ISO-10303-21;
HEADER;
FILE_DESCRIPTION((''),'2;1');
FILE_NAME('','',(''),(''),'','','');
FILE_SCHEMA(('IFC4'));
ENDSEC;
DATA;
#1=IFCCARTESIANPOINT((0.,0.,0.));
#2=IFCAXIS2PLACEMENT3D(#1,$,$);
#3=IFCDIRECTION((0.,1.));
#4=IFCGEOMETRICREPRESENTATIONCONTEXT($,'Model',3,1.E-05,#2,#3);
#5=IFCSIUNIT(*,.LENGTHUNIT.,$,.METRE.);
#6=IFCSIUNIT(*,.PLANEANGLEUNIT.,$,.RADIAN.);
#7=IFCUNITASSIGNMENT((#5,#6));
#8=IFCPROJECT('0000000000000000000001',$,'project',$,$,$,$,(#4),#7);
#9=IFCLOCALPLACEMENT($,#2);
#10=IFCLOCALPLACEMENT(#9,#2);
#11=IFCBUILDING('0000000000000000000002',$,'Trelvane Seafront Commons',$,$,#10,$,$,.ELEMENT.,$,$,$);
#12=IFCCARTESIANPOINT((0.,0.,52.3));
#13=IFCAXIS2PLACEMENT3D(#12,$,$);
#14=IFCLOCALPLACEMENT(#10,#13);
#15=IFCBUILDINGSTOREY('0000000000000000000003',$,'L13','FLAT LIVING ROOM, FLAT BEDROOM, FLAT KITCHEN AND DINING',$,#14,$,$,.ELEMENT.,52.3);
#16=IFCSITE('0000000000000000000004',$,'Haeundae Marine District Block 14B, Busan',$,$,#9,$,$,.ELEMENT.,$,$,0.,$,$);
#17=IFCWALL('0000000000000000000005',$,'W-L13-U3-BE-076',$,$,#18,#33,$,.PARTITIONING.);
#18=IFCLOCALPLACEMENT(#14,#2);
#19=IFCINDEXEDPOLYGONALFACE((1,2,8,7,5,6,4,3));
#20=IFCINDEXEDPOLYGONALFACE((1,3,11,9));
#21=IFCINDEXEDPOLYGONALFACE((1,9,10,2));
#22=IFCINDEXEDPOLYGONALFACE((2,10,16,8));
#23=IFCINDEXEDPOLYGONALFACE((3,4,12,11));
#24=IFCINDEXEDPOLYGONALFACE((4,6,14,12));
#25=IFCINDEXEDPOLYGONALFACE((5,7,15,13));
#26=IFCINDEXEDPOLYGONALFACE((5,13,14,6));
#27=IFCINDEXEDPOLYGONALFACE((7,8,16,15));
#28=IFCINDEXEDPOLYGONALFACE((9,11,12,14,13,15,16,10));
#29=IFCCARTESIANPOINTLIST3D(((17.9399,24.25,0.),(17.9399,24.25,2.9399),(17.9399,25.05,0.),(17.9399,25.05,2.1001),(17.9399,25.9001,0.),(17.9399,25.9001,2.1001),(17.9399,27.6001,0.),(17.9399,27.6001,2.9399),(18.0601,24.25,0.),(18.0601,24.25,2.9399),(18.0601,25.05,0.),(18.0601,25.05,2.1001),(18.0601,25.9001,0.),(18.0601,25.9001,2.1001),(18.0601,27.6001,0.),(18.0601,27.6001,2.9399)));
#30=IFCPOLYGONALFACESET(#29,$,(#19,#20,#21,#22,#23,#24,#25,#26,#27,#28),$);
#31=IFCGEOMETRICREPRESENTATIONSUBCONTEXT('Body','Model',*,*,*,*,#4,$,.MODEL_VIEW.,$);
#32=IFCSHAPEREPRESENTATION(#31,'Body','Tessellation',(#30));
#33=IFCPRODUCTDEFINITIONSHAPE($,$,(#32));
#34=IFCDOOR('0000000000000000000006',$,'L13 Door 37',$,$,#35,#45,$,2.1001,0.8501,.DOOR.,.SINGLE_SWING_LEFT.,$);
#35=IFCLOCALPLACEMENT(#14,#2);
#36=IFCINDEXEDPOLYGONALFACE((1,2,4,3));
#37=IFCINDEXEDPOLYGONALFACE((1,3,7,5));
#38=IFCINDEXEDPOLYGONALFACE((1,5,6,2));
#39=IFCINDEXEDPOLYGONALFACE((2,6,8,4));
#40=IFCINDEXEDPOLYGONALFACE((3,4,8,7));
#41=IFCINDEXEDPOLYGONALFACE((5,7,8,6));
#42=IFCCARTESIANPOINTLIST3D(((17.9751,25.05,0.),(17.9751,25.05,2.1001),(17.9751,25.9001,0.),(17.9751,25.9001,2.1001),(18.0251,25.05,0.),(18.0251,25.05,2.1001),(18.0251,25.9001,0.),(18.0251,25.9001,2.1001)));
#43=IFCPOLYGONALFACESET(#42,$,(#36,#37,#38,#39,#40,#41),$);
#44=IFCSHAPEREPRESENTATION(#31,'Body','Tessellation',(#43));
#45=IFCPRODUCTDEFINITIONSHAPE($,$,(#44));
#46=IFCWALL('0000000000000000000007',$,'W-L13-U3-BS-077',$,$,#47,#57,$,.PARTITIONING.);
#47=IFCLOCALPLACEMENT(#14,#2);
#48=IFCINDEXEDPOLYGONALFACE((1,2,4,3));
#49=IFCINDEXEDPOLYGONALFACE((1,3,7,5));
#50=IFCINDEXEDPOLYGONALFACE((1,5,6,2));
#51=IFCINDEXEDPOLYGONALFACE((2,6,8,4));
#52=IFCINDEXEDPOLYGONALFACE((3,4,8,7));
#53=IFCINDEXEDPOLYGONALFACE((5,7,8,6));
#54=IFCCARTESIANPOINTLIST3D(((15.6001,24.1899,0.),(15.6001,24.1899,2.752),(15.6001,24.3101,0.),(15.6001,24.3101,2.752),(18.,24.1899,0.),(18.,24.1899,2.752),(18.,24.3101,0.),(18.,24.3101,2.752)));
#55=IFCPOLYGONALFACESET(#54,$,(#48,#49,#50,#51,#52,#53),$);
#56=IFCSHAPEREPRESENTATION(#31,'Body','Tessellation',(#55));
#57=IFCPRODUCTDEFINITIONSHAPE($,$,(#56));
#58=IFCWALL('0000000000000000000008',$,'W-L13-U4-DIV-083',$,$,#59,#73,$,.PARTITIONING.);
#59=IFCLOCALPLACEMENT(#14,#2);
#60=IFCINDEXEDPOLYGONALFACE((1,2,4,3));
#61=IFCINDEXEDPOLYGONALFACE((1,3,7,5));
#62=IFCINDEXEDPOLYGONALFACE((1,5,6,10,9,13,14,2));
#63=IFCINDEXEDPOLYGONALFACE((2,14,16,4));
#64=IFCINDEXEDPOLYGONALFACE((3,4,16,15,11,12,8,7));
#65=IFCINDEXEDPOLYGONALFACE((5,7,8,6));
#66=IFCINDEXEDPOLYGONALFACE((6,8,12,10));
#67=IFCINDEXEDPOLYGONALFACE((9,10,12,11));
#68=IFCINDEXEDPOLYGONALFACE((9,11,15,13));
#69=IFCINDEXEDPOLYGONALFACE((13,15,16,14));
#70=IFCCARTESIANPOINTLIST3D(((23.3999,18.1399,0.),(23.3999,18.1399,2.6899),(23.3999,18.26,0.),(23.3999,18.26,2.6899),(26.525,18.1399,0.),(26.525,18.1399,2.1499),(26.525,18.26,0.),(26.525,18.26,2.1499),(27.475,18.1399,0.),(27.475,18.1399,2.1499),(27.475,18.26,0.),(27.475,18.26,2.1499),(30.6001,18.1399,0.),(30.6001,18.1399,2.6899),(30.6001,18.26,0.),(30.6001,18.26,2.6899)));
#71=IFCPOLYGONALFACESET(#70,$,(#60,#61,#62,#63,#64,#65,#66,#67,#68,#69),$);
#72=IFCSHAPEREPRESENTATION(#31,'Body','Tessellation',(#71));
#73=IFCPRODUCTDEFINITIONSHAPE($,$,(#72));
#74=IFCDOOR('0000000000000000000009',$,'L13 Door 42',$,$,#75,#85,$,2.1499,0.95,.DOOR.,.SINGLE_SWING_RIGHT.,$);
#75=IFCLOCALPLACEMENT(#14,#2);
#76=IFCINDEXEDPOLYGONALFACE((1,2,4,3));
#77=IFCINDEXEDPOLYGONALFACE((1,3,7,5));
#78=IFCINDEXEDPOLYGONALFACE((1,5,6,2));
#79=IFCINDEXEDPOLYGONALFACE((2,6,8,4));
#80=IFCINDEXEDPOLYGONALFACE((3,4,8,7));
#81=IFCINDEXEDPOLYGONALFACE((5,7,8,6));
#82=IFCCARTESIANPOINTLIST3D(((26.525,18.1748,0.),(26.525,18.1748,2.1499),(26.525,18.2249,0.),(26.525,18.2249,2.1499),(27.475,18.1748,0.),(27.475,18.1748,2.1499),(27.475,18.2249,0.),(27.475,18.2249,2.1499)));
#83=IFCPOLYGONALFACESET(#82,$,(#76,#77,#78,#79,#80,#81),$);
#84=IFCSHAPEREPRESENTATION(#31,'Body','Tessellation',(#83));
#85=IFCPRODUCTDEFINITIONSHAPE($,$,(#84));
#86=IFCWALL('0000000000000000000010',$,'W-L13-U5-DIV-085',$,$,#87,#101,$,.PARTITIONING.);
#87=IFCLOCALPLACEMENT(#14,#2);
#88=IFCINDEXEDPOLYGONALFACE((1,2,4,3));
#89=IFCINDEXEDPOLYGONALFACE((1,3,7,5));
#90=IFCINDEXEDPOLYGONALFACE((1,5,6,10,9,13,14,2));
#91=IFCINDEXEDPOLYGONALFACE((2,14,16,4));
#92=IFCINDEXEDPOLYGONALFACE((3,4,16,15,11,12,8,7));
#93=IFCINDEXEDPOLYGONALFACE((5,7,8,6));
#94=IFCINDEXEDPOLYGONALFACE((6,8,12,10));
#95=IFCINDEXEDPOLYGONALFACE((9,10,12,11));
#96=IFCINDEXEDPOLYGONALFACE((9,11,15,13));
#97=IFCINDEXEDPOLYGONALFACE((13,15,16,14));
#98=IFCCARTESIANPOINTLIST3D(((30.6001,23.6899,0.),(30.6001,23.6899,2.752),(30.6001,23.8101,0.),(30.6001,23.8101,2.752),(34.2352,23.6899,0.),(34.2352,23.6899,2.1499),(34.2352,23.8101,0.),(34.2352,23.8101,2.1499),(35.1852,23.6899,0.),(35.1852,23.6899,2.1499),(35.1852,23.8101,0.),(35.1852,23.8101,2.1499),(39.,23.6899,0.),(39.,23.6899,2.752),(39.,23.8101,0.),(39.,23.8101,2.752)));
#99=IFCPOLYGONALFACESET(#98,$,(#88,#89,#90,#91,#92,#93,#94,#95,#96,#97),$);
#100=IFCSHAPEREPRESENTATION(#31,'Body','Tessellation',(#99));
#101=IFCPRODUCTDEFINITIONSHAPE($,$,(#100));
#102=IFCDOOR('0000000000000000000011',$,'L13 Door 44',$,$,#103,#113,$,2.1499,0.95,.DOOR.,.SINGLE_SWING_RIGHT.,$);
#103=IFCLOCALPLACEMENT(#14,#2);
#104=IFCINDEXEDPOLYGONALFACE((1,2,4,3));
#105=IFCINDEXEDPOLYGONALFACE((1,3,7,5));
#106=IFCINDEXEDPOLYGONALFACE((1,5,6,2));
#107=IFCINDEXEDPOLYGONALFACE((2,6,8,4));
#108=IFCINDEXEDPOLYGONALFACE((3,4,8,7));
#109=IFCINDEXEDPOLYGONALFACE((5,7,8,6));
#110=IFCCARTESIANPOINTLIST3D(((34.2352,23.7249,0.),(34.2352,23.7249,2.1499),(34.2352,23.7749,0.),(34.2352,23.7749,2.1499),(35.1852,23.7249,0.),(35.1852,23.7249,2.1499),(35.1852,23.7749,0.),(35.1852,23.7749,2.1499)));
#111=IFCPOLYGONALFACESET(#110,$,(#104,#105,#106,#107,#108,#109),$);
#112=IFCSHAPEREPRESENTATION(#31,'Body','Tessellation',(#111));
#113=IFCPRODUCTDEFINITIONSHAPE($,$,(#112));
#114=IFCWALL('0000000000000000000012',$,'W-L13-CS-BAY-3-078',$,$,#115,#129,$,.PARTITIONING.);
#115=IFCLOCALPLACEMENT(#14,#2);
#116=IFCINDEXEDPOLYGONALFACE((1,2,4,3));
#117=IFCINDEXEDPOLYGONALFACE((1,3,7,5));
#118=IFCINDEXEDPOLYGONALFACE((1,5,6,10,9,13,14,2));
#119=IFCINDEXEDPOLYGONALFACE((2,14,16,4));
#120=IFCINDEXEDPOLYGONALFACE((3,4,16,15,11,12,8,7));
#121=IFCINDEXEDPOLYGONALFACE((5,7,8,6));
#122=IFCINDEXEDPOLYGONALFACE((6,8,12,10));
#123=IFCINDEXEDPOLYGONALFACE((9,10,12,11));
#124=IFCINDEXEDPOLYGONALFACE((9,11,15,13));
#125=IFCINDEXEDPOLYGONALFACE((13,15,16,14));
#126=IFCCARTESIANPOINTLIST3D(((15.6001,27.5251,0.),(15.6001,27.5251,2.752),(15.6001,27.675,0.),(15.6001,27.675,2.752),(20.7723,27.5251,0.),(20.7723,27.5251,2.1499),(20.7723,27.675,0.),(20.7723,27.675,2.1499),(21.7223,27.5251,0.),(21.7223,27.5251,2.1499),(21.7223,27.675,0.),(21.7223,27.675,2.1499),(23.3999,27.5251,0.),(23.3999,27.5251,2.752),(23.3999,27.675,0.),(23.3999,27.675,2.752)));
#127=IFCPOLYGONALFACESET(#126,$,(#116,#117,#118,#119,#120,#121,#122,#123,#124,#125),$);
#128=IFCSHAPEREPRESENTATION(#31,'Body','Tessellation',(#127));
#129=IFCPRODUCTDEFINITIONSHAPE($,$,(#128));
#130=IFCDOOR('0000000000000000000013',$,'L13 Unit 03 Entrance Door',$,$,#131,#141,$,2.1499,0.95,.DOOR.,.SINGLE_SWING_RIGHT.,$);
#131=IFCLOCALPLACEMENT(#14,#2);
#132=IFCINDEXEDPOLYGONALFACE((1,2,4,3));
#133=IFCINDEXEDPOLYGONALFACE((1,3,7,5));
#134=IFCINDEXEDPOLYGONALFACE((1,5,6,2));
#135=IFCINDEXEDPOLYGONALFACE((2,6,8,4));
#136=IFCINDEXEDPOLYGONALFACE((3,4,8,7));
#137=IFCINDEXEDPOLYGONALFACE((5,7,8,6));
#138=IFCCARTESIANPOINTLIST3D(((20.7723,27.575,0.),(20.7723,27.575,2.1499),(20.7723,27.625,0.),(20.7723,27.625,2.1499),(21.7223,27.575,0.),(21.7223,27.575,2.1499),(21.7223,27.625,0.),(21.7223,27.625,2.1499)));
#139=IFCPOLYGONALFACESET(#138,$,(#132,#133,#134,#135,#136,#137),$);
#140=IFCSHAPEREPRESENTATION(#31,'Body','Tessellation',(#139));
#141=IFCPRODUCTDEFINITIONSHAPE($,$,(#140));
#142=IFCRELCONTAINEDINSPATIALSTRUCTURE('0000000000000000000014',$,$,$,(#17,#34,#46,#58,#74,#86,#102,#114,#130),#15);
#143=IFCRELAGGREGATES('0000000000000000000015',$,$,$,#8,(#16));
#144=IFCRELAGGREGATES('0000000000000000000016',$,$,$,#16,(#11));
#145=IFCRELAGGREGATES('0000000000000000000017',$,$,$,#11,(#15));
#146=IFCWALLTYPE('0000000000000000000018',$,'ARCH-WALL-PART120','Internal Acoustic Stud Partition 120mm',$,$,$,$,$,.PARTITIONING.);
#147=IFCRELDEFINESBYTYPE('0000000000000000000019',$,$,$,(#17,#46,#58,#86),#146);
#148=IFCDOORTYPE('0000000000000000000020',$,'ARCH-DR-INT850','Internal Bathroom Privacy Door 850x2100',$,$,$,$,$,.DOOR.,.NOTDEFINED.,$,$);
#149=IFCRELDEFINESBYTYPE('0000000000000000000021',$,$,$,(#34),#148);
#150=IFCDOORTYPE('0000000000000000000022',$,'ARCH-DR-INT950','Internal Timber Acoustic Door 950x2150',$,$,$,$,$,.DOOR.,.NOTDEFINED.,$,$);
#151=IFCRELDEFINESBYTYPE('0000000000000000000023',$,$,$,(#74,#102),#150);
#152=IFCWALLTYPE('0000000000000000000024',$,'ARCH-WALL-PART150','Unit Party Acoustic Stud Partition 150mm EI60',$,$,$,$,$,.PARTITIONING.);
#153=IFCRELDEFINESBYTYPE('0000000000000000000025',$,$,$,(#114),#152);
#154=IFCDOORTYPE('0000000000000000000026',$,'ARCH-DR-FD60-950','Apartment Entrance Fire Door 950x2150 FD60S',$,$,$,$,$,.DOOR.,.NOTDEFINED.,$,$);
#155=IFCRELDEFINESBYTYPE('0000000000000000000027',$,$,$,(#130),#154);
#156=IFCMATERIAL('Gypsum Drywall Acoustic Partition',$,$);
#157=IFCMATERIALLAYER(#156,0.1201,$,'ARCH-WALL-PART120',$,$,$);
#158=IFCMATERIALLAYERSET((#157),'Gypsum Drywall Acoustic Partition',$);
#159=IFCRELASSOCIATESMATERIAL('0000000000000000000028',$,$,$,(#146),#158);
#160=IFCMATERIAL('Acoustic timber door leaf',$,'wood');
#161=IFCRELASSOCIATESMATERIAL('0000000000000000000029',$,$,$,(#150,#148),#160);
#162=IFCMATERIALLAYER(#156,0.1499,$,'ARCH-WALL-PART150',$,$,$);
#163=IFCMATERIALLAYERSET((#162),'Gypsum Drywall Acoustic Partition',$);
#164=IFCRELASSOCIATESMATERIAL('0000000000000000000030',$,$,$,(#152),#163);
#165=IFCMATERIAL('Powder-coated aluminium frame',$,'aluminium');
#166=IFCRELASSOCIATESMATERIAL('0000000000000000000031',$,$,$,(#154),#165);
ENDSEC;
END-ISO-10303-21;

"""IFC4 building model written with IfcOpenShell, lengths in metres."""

from ifc_helpers import new_model, si_unit, direction, frame, frame_2d, origin, place, context, subcontext, project, spatial, rectangle, extrude, source, transform, mapped, material, layer, layer_set, type_object, element, fill, save


model = new_model("IFC4")

# Units and contexts
model_context = context("Model", 3, precision=1e-05, world=origin(), true_north=direction((0.0, 1.0)))
body_context = subcontext(model_context, "Body", "Model", "MODEL_VIEW")
ifc_project = project(units=[si_unit("LENGTHUNIT", "METRE"), si_unit("PLANEANGLEUNIT", "RADIAN")], contexts=[model_context])

# Site, building, storey
site_placement = place(None, origin())
site = spatial("IfcSite", under=ifc_project, at=site_placement, Name="Haeundae Marine District Block 14B, Busan", CompositionType="ELEMENT", RefElevation=0.0)
building_placement = place(site_placement, origin())
building = spatial("IfcBuilding", under=site, at=building_placement, Name="Trelvane Seafront Commons", CompositionType="ELEMENT")
storey_placement = place(building_placement, frame((0.0, 0.0, 52.3)))
storey = spatial("IfcBuildingStorey", under=building, at=storey_placement, Name="L13", Description="FLAT LIVING ROOM, FLAT BEDROOM, FLAT KITCHEN AND DINING", CompositionType="ELEMENT", Elevation=52.3)

# Shared definitions
ifc_material_1 = material(Name="Gypsum Drywall Acoustic Partition")
ifc_layer_1 = layer(ifc_material_1, 0.1201, Name="ARCH-WALL-PART120")
ifc_layer_set_1 = layer_set([ifc_layer_1], Name="Gypsum Drywall Acoustic Partition")
wall_type_1 = type_object("IfcWallType", Name="ARCH-WALL-PART120", Description="Internal Acoustic Stud Partition 120mm", PredefinedType="PARTITIONING", material=ifc_layer_set_1)
ifc_material_2 = material(Name="Acoustic timber door leaf", Category="wood")
door_type_1 = type_object("IfcDoorType", Name="ARCH-DR-INT950", Description="Internal Timber Acoustic Door 950x2150", OperationType="NOTDEFINED", PredefinedType="DOOR", material=ifc_material_2)
shared_shape_1 = source(origin(), body_context, "Body", "SweptSolid", [
    extrude(rectangle(XDim=0.95, YDim=2.1499, at=frame_2d((0.4751, 1.075))), frame((0.0, 0.0249, 0.0), z_axis=(0.0, -1.0, 0.0), x_axis=(1.0, 0.0, 0.0)), (0.0, 0.0, 1.0), 0.05),
])

# Wall, opening, door
wall_1_placement = place(storey_placement, frame((18.0, 24.25, 0.0), z_axis=(0.0, 0.0, 1.0), x_axis=(0.0, 1.0, 0.0)))
wall_1 = element("IfcWall", 1, at=wall_1_placement, inside=storey, type_object=wall_type_1, Name="W-L13-U3-BE-076", PredefinedType="PARTITIONING", context=body_context, shape_type="SweptSolid", body=[
    extrude(rectangle(XDim=3.3501, YDim=0.1201, at=frame_2d((1.675, 0.0))), origin(), (0.0, 0.0, 1.0), 2.9399),
])
opening_1_placement = place(wall_1_placement, frame((0.8, 0.0, 0.0)))
opening_1 = element("IfcOpeningElement", 2, at=opening_1_placement, cuts=wall_1, PredefinedType="OPENING", context=body_context, shape_type="SweptSolid", body=[
    extrude(rectangle(XDim=0.8501, YDim=2.1001, at=frame_2d((0.425, 1.05))), frame((0.0, 0.0701, 0.0), z_axis=(0.0, -1.0, 0.0), x_axis=(1.0, 0.0, 0.0)), (0.0, 0.0, 1.0), 0.1401),
])
door_type_2 = type_object("IfcDoorType", Name="ARCH-DR-INT850", Description="Internal Bathroom Privacy Door 850x2100", OperationType="NOTDEFINED", PredefinedType="DOOR", material=ifc_material_2)
shared_shape_2 = source(origin(), body_context, "Body", "SweptSolid", [
    extrude(rectangle(XDim=0.8501, YDim=2.1001, at=frame_2d((0.425, 1.05))), frame((0.0, 0.0249, 0.0), z_axis=(0.0, -1.0, 0.0), x_axis=(1.0, 0.0, 0.0)), (0.0, 0.0, 1.0), 0.05),
])
door_1_placement = place(opening_1_placement, origin())
door_1 = element("IfcDoor", 3, at=door_1_placement, inside=storey, type_object=door_type_2, Name="L13 Door 37", OperationType="SINGLE_SWING_LEFT", OverallHeight=2.1001, OverallWidth=0.8501, PredefinedType="DOOR", context=body_context, shape_type="MappedRepresentation", body=[
    mapped(shared_shape_2, transform((0.0, 0.0, 0.0), x_axis=(1.0, 0.0, 0.0), y_axis=(0.0, 1.0, 0.0), z_axis=(0.0, 0.0, 1.0), scale=1.0)),
])
fill(opening_1, door_1)

# Wall
wall_2_placement = place(storey_placement, frame((15.6001, 24.25, 0.0), z_axis=(0.0, 0.0, 1.0), x_axis=(1.0, 0.0, 0.0)))
element("IfcWall", 4, at=wall_2_placement, inside=storey, type_object=wall_type_1, Name="W-L13-U3-BS-077", PredefinedType="PARTITIONING", context=body_context, shape_type="SweptSolid", body=[
    extrude(rectangle(XDim=2.3999, YDim=0.1201, at=frame_2d((1.2, 0.0))), origin(), (0.0, 0.0, 1.0), 2.752),
])

# Walls, openings, doors
wall_3_placement = place(storey_placement, frame((23.3999, 18.2, 0.0), z_axis=(0.0, 0.0, 1.0), x_axis=(1.0, 0.0, 0.0)))
wall_3 = element("IfcWall", 5, at=wall_3_placement, inside=storey, type_object=wall_type_1, Name="W-L13-U4-DIV-083", PredefinedType="PARTITIONING", context=body_context, shape_type="SweptSolid", body=[
    extrude(rectangle(XDim=7.2002, YDim=0.1201, at=frame_2d((3.6001, 0.0))), origin(), (0.0, 0.0, 1.0), 2.6899),
])
opening_2_placement = place(wall_3_placement, frame((3.125, 0.0, 0.0)))
opening_2 = element("IfcOpeningElement", 6, at=opening_2_placement, cuts=wall_3, PredefinedType="OPENING", context=body_context, shape_type="SweptSolid", body=[
    extrude(rectangle(XDim=0.95, YDim=2.1499, at=frame_2d((0.4751, 1.075))), frame((0.0, 0.0701, 0.0), z_axis=(0.0, -1.0, 0.0), x_axis=(1.0, 0.0, 0.0)), (0.0, 0.0, 1.0), 0.1401),
])
door_2_placement = place(opening_2_placement, origin())
door_2 = element("IfcDoor", 7, at=door_2_placement, inside=storey, type_object=door_type_1, Name="L13 Door 42", OperationType="SINGLE_SWING_RIGHT", OverallHeight=2.1499, OverallWidth=0.95, PredefinedType="DOOR", context=body_context, shape_type="MappedRepresentation", body=[
    mapped(shared_shape_1, transform((0.0, 0.0, 0.0), x_axis=(1.0, 0.0, 0.0), y_axis=(0.0, 1.0, 0.0), z_axis=(0.0, 0.0, 1.0), scale=1.0)),
])
fill(opening_2, door_2)
wall_4_placement = place(storey_placement, frame((30.6001, 23.75, 0.0), z_axis=(0.0, 0.0, 1.0), x_axis=(1.0, 0.0, 0.0)))
wall_4 = element("IfcWall", 8, at=wall_4_placement, inside=storey, type_object=wall_type_1, Name="W-L13-U5-DIV-085", PredefinedType="PARTITIONING", context=body_context, shape_type="SweptSolid", body=[
    extrude(rectangle(XDim=8.3999, YDim=0.1201, at=frame_2d((4.2, 0.0))), origin(), (0.0, 0.0, 1.0), 2.752),
])
opening_3_placement = place(wall_4_placement, frame((3.635, 0.0, 0.0)))
opening_3 = element("IfcOpeningElement", 9, at=opening_3_placement, cuts=wall_4, PredefinedType="OPENING", context=body_context, shape_type="SweptSolid", body=[
    extrude(rectangle(XDim=0.95, YDim=2.1499, at=frame_2d((0.4751, 1.075))), frame((0.0, 0.0701, 0.0), z_axis=(0.0, -1.0, 0.0), x_axis=(1.0, 0.0, 0.0)), (0.0, 0.0, 1.0), 0.1401),
])
door_3_placement = place(opening_3_placement, origin())
door_3 = element("IfcDoor", 10, at=door_3_placement, inside=storey, type_object=door_type_1, Name="L13 Door 44", OperationType="SINGLE_SWING_RIGHT", OverallHeight=2.1499, OverallWidth=0.95, PredefinedType="DOOR", context=body_context, shape_type="MappedRepresentation", body=[
    mapped(shared_shape_1, transform((0.0, 0.0, 0.0), x_axis=(1.0, 0.0, 0.0), y_axis=(0.0, 1.0, 0.0), z_axis=(0.0, 0.0, 1.0), scale=1.0)),
])
fill(opening_3, door_3)
ifc_layer_2 = layer(ifc_material_1, 0.1499, Name="ARCH-WALL-PART150")
ifc_layer_set_2 = layer_set([ifc_layer_2], Name="Gypsum Drywall Acoustic Partition")
wall_type_2 = type_object("IfcWallType", Name="ARCH-WALL-PART150", Description="Unit Party Acoustic Stud Partition 150mm EI60", PredefinedType="PARTITIONING", material=ifc_layer_set_2)
wall_5_placement = place(storey_placement, frame((15.6001, 27.6001, 0.0), z_axis=(0.0, 0.0, 1.0), x_axis=(1.0, 0.0, 0.0)))
wall_5 = element("IfcWall", 11, at=wall_5_placement, inside=storey, type_object=wall_type_2, Name="W-L13-CS-BAY-3-078", PredefinedType="PARTITIONING", context=body_context, shape_type="SweptSolid", body=[
    extrude(rectangle(XDim=7.7998, YDim=0.1499, at=frame_2d((3.8999, 0.0))), origin(), (0.0, 0.0, 1.0), 2.752),
])
opening_4_placement = place(wall_5_placement, frame((5.1721, 0.0, 0.0)))
opening_4 = element("IfcOpeningElement", 12, at=opening_4_placement, cuts=wall_5, PredefinedType="OPENING", context=body_context, shape_type="SweptSolid", body=[
    extrude(rectangle(XDim=0.95, YDim=2.1499, at=frame_2d((0.4751, 1.075))), frame((0.0, 0.085, 0.0), z_axis=(0.0, -1.0, 0.0), x_axis=(1.0, 0.0, 0.0)), (0.0, 0.0, 1.0), 0.1699),
])
ifc_material_3 = material(Name="Powder-coated aluminium frame", Category="aluminium")
door_type_3 = type_object("IfcDoorType", Name="ARCH-DR-FD60-950", Description="Apartment Entrance Fire Door 950x2150 FD60S", OperationType="NOTDEFINED", PredefinedType="DOOR", material=ifc_material_3)
door_4_placement = place(opening_4_placement, origin())
door_4 = element("IfcDoor", 13, at=door_4_placement, inside=storey, type_object=door_type_3, Name="L13 Unit 03 Entrance Door", OperationType="SINGLE_SWING_RIGHT", OverallHeight=2.1499, OverallWidth=0.95, PredefinedType="DOOR", context=body_context, shape_type="MappedRepresentation", body=[
    mapped(shared_shape_1, transform((0.0, 0.0, 0.0), x_axis=(1.0, 0.0, 0.0), y_axis=(0.0, 1.0, 0.0), z_axis=(0.0, 0.0, 1.0), scale=1.0)),
])
fill(opening_4, door_4)

save(model, "model.ifc")
